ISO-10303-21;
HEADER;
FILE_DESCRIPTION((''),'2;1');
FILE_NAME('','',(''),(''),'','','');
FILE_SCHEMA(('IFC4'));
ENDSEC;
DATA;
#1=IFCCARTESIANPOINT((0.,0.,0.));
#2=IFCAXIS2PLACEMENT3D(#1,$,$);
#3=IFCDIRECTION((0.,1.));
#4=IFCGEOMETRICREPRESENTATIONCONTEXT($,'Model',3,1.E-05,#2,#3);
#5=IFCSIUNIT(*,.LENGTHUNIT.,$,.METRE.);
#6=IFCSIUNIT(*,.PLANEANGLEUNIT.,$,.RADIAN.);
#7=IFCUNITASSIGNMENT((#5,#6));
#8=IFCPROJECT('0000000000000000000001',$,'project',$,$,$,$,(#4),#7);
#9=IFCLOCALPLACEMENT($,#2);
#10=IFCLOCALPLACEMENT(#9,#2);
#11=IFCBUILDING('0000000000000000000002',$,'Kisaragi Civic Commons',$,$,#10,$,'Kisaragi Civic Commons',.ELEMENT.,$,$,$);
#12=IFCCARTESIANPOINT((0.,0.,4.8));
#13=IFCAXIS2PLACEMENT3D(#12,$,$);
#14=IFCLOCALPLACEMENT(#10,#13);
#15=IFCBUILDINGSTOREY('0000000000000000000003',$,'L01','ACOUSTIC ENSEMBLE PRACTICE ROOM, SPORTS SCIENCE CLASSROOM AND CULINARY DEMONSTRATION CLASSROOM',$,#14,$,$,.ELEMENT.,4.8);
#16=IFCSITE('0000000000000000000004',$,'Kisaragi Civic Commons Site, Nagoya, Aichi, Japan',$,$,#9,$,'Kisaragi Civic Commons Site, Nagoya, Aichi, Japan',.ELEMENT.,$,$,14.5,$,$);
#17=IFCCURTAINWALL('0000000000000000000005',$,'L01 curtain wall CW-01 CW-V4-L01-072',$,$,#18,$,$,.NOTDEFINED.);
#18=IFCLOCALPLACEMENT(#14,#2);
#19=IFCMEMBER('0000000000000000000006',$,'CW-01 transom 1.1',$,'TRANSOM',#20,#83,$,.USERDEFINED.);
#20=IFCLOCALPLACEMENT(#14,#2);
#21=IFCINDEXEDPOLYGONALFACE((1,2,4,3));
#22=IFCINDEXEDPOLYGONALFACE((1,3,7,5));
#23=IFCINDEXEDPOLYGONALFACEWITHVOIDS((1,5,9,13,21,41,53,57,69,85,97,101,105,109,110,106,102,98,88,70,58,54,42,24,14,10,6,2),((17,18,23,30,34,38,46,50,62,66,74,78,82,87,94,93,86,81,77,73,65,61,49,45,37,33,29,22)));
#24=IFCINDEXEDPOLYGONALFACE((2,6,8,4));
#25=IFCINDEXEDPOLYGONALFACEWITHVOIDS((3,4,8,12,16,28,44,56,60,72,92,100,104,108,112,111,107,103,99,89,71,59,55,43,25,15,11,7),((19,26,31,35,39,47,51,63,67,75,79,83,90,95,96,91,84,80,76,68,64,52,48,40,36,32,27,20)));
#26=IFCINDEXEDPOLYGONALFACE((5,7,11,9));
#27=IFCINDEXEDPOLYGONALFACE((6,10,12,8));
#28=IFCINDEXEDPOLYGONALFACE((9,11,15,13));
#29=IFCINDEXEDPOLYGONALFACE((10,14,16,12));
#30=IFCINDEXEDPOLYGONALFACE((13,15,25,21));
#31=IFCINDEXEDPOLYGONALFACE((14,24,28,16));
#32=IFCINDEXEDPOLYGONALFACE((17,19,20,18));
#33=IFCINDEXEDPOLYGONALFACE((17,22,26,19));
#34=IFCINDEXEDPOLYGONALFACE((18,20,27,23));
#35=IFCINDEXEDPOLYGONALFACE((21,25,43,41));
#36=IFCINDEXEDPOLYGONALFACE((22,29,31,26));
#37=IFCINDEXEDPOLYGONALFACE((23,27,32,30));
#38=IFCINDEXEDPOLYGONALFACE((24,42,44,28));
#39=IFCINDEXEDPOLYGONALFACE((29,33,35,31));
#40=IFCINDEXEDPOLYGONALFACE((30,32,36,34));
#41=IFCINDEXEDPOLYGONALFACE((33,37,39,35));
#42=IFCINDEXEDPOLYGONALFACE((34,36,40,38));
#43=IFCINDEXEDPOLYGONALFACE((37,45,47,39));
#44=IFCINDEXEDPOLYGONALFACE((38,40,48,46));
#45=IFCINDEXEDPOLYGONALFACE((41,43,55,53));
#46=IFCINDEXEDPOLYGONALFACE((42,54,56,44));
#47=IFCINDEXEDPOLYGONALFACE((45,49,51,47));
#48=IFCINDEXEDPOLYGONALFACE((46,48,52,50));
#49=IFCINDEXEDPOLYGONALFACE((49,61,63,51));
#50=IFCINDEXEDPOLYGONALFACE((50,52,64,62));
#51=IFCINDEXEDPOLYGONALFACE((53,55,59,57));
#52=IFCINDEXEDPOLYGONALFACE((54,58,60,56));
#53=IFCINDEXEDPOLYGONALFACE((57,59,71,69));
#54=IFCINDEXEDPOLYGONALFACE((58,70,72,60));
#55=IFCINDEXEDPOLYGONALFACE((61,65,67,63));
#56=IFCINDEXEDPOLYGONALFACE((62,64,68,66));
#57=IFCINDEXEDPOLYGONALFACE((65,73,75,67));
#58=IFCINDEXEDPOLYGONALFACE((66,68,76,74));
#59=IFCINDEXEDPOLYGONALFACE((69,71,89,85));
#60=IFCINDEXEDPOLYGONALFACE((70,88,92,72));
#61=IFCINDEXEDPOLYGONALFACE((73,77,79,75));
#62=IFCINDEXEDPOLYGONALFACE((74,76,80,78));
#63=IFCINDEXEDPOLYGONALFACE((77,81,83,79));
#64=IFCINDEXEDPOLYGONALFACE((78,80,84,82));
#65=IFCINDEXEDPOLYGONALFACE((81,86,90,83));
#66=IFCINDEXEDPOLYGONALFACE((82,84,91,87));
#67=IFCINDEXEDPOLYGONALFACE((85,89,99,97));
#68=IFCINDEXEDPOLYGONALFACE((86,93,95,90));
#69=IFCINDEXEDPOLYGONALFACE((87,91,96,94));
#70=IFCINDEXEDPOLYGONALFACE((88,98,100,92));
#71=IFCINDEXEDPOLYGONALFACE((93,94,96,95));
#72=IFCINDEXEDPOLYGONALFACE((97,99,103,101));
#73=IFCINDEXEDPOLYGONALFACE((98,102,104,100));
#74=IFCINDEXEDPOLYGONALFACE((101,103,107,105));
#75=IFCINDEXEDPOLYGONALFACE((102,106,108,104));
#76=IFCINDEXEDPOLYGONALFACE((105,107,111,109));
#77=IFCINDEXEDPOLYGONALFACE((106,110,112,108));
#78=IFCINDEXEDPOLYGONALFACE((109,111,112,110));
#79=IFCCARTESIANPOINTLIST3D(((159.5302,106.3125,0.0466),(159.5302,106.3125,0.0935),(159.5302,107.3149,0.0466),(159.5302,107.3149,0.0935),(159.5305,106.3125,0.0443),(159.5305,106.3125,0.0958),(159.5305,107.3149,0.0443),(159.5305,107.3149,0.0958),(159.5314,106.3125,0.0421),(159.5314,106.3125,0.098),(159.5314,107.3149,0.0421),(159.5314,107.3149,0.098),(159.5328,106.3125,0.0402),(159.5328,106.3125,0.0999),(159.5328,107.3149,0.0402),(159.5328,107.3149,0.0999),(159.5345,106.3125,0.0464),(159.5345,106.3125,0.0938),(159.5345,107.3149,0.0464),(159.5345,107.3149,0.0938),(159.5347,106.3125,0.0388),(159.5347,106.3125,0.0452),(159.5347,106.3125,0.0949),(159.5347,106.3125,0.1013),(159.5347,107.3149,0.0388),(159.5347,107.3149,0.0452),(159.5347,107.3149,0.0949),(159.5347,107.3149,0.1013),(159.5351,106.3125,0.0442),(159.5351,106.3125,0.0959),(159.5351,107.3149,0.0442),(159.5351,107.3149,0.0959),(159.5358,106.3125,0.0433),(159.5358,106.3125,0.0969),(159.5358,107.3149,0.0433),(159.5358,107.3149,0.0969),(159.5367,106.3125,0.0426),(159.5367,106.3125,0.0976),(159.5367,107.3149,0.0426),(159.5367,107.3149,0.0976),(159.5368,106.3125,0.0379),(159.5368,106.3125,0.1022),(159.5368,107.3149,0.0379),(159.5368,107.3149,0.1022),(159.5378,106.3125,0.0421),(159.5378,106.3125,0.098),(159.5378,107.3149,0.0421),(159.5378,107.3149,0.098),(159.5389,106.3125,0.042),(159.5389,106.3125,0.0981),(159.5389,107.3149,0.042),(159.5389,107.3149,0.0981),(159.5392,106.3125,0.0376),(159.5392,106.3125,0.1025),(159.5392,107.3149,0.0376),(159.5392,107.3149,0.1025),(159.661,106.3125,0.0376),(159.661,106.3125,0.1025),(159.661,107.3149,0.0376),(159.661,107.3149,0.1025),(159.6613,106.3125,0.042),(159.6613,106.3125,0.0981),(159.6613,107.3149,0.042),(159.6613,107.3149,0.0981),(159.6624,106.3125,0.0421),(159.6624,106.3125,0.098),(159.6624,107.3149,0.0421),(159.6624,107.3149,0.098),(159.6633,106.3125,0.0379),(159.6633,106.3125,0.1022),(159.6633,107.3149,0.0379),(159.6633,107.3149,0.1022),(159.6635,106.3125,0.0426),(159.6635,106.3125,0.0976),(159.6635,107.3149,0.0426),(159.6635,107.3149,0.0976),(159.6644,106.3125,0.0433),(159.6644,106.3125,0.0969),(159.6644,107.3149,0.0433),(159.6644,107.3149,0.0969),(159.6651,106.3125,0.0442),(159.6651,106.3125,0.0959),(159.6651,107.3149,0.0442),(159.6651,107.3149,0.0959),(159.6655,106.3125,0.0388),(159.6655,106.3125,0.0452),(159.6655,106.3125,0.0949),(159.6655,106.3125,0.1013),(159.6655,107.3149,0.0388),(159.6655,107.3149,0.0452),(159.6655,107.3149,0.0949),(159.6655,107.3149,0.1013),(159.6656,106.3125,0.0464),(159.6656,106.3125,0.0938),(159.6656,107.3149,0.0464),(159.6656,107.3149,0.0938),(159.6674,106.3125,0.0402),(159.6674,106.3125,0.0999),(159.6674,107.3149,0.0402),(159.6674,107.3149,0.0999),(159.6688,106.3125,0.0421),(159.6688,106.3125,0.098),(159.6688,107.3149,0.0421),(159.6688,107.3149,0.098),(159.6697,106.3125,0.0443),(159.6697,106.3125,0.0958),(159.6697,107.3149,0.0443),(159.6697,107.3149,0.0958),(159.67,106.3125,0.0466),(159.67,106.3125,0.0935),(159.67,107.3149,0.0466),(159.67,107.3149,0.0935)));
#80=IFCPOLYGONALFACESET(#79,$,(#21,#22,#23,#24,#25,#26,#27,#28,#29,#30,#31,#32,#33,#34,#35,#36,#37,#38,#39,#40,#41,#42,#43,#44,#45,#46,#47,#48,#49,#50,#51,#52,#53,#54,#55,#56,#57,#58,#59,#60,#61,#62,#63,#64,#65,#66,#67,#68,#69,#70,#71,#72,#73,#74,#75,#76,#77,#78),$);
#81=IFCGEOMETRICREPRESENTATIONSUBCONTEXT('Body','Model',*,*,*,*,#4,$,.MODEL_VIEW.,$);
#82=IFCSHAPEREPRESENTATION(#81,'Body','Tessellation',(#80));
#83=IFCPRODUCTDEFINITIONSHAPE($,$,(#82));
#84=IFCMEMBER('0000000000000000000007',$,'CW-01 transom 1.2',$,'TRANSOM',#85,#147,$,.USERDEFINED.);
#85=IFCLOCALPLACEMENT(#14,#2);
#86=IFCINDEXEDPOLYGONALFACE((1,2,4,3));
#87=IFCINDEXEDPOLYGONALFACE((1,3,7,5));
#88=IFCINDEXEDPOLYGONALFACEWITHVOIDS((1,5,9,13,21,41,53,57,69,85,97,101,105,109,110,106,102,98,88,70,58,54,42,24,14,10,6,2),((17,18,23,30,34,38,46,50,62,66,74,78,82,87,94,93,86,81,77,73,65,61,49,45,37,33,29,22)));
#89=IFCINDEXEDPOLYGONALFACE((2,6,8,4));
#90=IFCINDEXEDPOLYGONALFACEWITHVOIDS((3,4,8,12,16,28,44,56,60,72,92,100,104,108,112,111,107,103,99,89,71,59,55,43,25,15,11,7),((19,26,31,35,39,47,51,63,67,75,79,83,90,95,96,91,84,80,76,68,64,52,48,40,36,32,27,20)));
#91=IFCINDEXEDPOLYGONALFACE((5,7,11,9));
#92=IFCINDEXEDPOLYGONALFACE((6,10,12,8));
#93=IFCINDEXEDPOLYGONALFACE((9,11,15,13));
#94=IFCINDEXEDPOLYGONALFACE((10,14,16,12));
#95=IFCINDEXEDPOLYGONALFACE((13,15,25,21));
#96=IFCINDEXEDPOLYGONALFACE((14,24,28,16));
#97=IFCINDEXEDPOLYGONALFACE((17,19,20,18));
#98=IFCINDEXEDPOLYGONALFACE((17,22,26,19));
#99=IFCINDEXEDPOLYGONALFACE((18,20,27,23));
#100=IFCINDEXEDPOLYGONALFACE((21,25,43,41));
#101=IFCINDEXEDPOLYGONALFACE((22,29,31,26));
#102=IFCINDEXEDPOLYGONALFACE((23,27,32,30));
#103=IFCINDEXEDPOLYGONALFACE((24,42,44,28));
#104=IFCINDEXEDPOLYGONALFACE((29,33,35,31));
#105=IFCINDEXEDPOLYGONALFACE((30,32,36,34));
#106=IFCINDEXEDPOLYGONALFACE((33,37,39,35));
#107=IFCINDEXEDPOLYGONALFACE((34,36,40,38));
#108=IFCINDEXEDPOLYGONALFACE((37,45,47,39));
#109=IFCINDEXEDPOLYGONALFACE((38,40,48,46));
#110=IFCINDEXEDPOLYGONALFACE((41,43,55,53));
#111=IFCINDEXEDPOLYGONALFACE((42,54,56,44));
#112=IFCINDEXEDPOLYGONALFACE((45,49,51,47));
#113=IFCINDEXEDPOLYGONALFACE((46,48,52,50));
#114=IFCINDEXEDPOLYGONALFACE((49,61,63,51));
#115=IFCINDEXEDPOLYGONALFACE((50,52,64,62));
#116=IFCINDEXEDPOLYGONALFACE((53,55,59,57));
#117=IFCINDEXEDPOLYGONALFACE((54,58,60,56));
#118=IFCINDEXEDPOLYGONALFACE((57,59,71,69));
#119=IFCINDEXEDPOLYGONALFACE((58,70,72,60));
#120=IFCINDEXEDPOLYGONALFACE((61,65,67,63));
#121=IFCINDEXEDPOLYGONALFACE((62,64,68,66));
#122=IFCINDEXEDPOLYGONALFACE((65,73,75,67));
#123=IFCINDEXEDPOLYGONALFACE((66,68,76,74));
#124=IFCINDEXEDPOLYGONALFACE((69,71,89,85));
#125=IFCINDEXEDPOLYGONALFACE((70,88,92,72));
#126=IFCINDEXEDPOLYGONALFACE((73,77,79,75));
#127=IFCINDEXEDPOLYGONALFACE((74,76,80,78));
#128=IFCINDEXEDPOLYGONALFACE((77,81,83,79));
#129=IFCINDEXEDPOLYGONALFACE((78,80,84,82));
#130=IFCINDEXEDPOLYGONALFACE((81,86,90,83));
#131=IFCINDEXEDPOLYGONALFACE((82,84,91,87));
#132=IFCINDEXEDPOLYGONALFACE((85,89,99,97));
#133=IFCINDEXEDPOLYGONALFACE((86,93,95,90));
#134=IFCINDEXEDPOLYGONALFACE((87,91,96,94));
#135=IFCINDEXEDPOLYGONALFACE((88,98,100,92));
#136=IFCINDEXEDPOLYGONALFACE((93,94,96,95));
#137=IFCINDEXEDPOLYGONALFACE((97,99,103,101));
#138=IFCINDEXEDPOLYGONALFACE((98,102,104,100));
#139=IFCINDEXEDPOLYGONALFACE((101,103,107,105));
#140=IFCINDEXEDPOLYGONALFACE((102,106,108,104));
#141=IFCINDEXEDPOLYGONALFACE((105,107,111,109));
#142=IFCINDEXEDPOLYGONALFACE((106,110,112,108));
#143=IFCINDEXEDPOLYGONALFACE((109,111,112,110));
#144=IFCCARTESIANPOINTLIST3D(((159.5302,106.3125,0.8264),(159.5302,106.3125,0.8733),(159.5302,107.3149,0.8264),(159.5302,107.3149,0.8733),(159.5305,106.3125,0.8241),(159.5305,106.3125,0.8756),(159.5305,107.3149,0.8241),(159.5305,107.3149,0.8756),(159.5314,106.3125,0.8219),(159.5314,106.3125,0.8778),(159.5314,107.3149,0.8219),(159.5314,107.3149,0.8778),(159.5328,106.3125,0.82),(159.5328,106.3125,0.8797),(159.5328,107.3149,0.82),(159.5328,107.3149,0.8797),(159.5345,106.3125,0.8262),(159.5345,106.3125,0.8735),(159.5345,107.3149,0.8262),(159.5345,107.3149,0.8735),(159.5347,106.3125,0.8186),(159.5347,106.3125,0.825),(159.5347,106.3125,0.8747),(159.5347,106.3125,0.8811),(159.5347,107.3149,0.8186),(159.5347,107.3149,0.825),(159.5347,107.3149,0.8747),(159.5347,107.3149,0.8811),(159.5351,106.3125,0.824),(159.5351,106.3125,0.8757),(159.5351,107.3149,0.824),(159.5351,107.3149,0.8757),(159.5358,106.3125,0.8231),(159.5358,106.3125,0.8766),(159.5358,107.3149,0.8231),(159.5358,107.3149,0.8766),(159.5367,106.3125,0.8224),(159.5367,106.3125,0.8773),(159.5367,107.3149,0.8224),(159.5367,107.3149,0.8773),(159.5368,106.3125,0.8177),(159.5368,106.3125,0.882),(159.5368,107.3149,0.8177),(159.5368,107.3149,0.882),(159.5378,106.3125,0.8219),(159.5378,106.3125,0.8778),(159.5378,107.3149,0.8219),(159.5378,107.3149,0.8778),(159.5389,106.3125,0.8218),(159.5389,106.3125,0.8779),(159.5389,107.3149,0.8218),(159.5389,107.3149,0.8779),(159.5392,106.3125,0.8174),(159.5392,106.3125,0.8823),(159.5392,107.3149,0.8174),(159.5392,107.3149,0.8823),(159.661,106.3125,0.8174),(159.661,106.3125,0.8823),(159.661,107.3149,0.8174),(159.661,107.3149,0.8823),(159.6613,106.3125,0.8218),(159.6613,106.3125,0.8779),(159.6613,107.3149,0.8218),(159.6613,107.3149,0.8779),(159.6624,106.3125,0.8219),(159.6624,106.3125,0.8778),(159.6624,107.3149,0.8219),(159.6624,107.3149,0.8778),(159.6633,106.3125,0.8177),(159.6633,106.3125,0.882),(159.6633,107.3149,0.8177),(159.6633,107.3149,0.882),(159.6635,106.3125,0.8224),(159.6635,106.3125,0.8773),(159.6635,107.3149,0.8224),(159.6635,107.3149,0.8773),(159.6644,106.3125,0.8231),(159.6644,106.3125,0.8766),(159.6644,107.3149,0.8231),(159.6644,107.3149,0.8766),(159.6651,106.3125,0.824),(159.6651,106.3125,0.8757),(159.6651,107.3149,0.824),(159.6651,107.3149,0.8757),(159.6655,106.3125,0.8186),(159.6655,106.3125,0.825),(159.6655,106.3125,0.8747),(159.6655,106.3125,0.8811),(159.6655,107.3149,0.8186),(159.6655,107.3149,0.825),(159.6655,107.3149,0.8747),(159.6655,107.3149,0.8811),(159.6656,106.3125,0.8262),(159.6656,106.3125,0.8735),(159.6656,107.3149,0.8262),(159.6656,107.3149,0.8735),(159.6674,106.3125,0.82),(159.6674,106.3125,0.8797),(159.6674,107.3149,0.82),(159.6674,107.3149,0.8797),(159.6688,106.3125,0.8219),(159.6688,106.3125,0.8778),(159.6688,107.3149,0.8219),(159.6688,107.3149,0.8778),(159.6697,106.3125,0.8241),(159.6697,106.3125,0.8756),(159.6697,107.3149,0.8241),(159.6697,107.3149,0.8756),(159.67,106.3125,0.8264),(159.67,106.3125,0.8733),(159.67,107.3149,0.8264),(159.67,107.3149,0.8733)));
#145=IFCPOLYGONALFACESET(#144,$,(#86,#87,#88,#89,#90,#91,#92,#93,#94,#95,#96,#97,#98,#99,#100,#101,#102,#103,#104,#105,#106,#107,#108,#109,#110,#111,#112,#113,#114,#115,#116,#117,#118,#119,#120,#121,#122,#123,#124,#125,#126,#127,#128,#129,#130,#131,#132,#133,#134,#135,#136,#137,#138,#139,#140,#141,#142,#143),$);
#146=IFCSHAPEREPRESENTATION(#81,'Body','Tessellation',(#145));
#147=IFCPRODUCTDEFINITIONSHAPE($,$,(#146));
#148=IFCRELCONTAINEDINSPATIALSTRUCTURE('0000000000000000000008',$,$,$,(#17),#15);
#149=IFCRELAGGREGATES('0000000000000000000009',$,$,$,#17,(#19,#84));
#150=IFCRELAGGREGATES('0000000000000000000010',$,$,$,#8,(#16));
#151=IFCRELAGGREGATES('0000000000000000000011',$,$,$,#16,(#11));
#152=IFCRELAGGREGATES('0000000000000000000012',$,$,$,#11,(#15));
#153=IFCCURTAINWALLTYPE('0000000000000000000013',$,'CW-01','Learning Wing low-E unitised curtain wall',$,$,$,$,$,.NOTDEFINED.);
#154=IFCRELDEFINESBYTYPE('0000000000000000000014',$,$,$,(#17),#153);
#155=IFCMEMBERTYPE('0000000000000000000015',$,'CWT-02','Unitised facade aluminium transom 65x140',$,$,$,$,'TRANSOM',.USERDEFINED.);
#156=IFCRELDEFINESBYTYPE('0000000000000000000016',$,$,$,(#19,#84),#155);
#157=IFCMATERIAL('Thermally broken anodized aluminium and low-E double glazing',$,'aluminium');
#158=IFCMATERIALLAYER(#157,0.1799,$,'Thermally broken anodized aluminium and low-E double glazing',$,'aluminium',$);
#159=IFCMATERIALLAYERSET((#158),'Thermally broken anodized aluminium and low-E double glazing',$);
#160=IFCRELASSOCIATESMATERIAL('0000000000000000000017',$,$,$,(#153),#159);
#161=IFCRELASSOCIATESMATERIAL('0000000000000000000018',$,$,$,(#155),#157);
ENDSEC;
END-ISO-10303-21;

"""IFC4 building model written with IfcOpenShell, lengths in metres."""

from ifc_helpers import new_model, si_unit, direction, frame, origin, origin_2d, place, context, subcontext, project, spatial, hollow_rectangle, extrude, material, layer, layer_set, material_profile, profile_set, type_object, element, aggregate, save


model = new_model("IFC4")

# Units and contexts
model_context = context("Model", 3, precision=1e-05, world=origin(), true_north=direction((0.0, 1.0)))
body_context = subcontext(model_context, "Body", "Model", "MODEL_VIEW")
ifc_project = project(units=[si_unit("LENGTHUNIT", "METRE"), si_unit("PLANEANGLEUNIT", "RADIAN")], contexts=[model_context])

# Site, building, storey
site_placement = place(None, origin())
site = spatial("IfcSite", under=ifc_project, at=site_placement, Name="Kisaragi Civic Commons Site, Nagoya, Aichi, Japan", LongName="Kisaragi Civic Commons Site, Nagoya, Aichi, Japan", CompositionType="ELEMENT", RefElevation=14.5)
building_placement = place(site_placement, origin())
building = spatial("IfcBuilding", under=site, at=building_placement, Name="Kisaragi Civic Commons", LongName="Kisaragi Civic Commons", CompositionType="ELEMENT")
storey_placement = place(building_placement, frame((0.0, 0.0, 4.8)))
storey = spatial("IfcBuildingStorey", under=building, at=storey_placement, Name="L01", Description="ACOUSTIC ENSEMBLE PRACTICE ROOM, SPORTS SCIENCE CLASSROOM AND CULINARY DEMONSTRATION CLASSROOM", CompositionType="ELEMENT", Elevation=4.8)

# Curtain wall
ifc_material_1 = material(Name="Thermally broken anodized aluminium and low-E double glazing", Category="aluminium")
ifc_layer_1 = layer(ifc_material_1, 0.1799, Name="Thermally broken anodized aluminium and low-E double glazing", Category="aluminium")
ifc_layer_set_1 = layer_set([ifc_layer_1], Name="Thermally broken anodized aluminium and low-E double glazing")
curtain_wall_type = type_object("IfcCurtainWallType", Name="CW-01", Description="Learning Wing low-E unitised curtain wall", PredefinedType="NOTDEFINED", material=ifc_layer_set_1)
curtain_wall_1_placement = place(storey_placement, origin())
curtain_wall_1 = element("IfcCurtainWall", 1, at=curtain_wall_1_placement, inside=storey, type_object=curtain_wall_type, Name="L01 curtain wall CW-01 CW-V4-L01-072", PredefinedType="NOTDEFINED")

# Members
ifc_material_profile_1 = material_profile(ifc_material_1, hollow_rectangle(XDim=0.1399, YDim=0.0649, WallThickness=0.0044, InnerFilletRadius=0.0044, OuterFilletRadius=0.009, at=origin_2d()), Name="CWT-65x140x4.5", Category="aluminium")
ifc_profile_set_1 = profile_set([ifc_material_profile_1], Name="Thermally broken anodized aluminium and low-E double glazing")
member_type_1 = type_object("IfcMemberType", Name="CWT-02", Description="Unitised facade aluminium transom 65x140", ElementType="TRANSOM", PredefinedType="USERDEFINED", material=ifc_profile_set_1)
member_1_placement = place(storey_placement, frame((159.6001, 107.3149, 0.0701), z_axis=(0.0, -1.0, 0.0), x_axis=(1.0, 0.0, 0.0)))
member_1 = element("IfcMember", 2, at=member_1_placement, type_object=member_type_1, Name="CW-01 transom 1.1", ObjectType="TRANSOM", PredefinedType="USERDEFINED", context=body_context, shape_type="SweptSolid", body=[
    extrude(hollow_rectangle(XDim=0.1399, YDim=0.0649, WallThickness=0.0044, InnerFilletRadius=0.0044, OuterFilletRadius=0.009, at=origin_2d()), origin(), (0.0, 0.0, 1.0), 1.0024),
])
member_2_placement = place(storey_placement, frame((159.6001, 107.3149, 0.8499), z_axis=(0.0, -1.0, 0.0), x_axis=(1.0, 0.0, 0.0)))
member_2 = element("IfcMember", 3, at=member_2_placement, type_object=member_type_1, Name="CW-01 transom 1.2", ObjectType="TRANSOM", PredefinedType="USERDEFINED", context=body_context, shape_type="SweptSolid", body=[
    extrude(hollow_rectangle(XDim=0.1399, YDim=0.0649, WallThickness=0.0044, InnerFilletRadius=0.0044, OuterFilletRadius=0.009, at=origin_2d()), origin(), (0.0, 0.0, 1.0), 1.0024),
])

aggregate(curtain_wall_1, [member_1, member_2])

save(model, "model.ifc")
